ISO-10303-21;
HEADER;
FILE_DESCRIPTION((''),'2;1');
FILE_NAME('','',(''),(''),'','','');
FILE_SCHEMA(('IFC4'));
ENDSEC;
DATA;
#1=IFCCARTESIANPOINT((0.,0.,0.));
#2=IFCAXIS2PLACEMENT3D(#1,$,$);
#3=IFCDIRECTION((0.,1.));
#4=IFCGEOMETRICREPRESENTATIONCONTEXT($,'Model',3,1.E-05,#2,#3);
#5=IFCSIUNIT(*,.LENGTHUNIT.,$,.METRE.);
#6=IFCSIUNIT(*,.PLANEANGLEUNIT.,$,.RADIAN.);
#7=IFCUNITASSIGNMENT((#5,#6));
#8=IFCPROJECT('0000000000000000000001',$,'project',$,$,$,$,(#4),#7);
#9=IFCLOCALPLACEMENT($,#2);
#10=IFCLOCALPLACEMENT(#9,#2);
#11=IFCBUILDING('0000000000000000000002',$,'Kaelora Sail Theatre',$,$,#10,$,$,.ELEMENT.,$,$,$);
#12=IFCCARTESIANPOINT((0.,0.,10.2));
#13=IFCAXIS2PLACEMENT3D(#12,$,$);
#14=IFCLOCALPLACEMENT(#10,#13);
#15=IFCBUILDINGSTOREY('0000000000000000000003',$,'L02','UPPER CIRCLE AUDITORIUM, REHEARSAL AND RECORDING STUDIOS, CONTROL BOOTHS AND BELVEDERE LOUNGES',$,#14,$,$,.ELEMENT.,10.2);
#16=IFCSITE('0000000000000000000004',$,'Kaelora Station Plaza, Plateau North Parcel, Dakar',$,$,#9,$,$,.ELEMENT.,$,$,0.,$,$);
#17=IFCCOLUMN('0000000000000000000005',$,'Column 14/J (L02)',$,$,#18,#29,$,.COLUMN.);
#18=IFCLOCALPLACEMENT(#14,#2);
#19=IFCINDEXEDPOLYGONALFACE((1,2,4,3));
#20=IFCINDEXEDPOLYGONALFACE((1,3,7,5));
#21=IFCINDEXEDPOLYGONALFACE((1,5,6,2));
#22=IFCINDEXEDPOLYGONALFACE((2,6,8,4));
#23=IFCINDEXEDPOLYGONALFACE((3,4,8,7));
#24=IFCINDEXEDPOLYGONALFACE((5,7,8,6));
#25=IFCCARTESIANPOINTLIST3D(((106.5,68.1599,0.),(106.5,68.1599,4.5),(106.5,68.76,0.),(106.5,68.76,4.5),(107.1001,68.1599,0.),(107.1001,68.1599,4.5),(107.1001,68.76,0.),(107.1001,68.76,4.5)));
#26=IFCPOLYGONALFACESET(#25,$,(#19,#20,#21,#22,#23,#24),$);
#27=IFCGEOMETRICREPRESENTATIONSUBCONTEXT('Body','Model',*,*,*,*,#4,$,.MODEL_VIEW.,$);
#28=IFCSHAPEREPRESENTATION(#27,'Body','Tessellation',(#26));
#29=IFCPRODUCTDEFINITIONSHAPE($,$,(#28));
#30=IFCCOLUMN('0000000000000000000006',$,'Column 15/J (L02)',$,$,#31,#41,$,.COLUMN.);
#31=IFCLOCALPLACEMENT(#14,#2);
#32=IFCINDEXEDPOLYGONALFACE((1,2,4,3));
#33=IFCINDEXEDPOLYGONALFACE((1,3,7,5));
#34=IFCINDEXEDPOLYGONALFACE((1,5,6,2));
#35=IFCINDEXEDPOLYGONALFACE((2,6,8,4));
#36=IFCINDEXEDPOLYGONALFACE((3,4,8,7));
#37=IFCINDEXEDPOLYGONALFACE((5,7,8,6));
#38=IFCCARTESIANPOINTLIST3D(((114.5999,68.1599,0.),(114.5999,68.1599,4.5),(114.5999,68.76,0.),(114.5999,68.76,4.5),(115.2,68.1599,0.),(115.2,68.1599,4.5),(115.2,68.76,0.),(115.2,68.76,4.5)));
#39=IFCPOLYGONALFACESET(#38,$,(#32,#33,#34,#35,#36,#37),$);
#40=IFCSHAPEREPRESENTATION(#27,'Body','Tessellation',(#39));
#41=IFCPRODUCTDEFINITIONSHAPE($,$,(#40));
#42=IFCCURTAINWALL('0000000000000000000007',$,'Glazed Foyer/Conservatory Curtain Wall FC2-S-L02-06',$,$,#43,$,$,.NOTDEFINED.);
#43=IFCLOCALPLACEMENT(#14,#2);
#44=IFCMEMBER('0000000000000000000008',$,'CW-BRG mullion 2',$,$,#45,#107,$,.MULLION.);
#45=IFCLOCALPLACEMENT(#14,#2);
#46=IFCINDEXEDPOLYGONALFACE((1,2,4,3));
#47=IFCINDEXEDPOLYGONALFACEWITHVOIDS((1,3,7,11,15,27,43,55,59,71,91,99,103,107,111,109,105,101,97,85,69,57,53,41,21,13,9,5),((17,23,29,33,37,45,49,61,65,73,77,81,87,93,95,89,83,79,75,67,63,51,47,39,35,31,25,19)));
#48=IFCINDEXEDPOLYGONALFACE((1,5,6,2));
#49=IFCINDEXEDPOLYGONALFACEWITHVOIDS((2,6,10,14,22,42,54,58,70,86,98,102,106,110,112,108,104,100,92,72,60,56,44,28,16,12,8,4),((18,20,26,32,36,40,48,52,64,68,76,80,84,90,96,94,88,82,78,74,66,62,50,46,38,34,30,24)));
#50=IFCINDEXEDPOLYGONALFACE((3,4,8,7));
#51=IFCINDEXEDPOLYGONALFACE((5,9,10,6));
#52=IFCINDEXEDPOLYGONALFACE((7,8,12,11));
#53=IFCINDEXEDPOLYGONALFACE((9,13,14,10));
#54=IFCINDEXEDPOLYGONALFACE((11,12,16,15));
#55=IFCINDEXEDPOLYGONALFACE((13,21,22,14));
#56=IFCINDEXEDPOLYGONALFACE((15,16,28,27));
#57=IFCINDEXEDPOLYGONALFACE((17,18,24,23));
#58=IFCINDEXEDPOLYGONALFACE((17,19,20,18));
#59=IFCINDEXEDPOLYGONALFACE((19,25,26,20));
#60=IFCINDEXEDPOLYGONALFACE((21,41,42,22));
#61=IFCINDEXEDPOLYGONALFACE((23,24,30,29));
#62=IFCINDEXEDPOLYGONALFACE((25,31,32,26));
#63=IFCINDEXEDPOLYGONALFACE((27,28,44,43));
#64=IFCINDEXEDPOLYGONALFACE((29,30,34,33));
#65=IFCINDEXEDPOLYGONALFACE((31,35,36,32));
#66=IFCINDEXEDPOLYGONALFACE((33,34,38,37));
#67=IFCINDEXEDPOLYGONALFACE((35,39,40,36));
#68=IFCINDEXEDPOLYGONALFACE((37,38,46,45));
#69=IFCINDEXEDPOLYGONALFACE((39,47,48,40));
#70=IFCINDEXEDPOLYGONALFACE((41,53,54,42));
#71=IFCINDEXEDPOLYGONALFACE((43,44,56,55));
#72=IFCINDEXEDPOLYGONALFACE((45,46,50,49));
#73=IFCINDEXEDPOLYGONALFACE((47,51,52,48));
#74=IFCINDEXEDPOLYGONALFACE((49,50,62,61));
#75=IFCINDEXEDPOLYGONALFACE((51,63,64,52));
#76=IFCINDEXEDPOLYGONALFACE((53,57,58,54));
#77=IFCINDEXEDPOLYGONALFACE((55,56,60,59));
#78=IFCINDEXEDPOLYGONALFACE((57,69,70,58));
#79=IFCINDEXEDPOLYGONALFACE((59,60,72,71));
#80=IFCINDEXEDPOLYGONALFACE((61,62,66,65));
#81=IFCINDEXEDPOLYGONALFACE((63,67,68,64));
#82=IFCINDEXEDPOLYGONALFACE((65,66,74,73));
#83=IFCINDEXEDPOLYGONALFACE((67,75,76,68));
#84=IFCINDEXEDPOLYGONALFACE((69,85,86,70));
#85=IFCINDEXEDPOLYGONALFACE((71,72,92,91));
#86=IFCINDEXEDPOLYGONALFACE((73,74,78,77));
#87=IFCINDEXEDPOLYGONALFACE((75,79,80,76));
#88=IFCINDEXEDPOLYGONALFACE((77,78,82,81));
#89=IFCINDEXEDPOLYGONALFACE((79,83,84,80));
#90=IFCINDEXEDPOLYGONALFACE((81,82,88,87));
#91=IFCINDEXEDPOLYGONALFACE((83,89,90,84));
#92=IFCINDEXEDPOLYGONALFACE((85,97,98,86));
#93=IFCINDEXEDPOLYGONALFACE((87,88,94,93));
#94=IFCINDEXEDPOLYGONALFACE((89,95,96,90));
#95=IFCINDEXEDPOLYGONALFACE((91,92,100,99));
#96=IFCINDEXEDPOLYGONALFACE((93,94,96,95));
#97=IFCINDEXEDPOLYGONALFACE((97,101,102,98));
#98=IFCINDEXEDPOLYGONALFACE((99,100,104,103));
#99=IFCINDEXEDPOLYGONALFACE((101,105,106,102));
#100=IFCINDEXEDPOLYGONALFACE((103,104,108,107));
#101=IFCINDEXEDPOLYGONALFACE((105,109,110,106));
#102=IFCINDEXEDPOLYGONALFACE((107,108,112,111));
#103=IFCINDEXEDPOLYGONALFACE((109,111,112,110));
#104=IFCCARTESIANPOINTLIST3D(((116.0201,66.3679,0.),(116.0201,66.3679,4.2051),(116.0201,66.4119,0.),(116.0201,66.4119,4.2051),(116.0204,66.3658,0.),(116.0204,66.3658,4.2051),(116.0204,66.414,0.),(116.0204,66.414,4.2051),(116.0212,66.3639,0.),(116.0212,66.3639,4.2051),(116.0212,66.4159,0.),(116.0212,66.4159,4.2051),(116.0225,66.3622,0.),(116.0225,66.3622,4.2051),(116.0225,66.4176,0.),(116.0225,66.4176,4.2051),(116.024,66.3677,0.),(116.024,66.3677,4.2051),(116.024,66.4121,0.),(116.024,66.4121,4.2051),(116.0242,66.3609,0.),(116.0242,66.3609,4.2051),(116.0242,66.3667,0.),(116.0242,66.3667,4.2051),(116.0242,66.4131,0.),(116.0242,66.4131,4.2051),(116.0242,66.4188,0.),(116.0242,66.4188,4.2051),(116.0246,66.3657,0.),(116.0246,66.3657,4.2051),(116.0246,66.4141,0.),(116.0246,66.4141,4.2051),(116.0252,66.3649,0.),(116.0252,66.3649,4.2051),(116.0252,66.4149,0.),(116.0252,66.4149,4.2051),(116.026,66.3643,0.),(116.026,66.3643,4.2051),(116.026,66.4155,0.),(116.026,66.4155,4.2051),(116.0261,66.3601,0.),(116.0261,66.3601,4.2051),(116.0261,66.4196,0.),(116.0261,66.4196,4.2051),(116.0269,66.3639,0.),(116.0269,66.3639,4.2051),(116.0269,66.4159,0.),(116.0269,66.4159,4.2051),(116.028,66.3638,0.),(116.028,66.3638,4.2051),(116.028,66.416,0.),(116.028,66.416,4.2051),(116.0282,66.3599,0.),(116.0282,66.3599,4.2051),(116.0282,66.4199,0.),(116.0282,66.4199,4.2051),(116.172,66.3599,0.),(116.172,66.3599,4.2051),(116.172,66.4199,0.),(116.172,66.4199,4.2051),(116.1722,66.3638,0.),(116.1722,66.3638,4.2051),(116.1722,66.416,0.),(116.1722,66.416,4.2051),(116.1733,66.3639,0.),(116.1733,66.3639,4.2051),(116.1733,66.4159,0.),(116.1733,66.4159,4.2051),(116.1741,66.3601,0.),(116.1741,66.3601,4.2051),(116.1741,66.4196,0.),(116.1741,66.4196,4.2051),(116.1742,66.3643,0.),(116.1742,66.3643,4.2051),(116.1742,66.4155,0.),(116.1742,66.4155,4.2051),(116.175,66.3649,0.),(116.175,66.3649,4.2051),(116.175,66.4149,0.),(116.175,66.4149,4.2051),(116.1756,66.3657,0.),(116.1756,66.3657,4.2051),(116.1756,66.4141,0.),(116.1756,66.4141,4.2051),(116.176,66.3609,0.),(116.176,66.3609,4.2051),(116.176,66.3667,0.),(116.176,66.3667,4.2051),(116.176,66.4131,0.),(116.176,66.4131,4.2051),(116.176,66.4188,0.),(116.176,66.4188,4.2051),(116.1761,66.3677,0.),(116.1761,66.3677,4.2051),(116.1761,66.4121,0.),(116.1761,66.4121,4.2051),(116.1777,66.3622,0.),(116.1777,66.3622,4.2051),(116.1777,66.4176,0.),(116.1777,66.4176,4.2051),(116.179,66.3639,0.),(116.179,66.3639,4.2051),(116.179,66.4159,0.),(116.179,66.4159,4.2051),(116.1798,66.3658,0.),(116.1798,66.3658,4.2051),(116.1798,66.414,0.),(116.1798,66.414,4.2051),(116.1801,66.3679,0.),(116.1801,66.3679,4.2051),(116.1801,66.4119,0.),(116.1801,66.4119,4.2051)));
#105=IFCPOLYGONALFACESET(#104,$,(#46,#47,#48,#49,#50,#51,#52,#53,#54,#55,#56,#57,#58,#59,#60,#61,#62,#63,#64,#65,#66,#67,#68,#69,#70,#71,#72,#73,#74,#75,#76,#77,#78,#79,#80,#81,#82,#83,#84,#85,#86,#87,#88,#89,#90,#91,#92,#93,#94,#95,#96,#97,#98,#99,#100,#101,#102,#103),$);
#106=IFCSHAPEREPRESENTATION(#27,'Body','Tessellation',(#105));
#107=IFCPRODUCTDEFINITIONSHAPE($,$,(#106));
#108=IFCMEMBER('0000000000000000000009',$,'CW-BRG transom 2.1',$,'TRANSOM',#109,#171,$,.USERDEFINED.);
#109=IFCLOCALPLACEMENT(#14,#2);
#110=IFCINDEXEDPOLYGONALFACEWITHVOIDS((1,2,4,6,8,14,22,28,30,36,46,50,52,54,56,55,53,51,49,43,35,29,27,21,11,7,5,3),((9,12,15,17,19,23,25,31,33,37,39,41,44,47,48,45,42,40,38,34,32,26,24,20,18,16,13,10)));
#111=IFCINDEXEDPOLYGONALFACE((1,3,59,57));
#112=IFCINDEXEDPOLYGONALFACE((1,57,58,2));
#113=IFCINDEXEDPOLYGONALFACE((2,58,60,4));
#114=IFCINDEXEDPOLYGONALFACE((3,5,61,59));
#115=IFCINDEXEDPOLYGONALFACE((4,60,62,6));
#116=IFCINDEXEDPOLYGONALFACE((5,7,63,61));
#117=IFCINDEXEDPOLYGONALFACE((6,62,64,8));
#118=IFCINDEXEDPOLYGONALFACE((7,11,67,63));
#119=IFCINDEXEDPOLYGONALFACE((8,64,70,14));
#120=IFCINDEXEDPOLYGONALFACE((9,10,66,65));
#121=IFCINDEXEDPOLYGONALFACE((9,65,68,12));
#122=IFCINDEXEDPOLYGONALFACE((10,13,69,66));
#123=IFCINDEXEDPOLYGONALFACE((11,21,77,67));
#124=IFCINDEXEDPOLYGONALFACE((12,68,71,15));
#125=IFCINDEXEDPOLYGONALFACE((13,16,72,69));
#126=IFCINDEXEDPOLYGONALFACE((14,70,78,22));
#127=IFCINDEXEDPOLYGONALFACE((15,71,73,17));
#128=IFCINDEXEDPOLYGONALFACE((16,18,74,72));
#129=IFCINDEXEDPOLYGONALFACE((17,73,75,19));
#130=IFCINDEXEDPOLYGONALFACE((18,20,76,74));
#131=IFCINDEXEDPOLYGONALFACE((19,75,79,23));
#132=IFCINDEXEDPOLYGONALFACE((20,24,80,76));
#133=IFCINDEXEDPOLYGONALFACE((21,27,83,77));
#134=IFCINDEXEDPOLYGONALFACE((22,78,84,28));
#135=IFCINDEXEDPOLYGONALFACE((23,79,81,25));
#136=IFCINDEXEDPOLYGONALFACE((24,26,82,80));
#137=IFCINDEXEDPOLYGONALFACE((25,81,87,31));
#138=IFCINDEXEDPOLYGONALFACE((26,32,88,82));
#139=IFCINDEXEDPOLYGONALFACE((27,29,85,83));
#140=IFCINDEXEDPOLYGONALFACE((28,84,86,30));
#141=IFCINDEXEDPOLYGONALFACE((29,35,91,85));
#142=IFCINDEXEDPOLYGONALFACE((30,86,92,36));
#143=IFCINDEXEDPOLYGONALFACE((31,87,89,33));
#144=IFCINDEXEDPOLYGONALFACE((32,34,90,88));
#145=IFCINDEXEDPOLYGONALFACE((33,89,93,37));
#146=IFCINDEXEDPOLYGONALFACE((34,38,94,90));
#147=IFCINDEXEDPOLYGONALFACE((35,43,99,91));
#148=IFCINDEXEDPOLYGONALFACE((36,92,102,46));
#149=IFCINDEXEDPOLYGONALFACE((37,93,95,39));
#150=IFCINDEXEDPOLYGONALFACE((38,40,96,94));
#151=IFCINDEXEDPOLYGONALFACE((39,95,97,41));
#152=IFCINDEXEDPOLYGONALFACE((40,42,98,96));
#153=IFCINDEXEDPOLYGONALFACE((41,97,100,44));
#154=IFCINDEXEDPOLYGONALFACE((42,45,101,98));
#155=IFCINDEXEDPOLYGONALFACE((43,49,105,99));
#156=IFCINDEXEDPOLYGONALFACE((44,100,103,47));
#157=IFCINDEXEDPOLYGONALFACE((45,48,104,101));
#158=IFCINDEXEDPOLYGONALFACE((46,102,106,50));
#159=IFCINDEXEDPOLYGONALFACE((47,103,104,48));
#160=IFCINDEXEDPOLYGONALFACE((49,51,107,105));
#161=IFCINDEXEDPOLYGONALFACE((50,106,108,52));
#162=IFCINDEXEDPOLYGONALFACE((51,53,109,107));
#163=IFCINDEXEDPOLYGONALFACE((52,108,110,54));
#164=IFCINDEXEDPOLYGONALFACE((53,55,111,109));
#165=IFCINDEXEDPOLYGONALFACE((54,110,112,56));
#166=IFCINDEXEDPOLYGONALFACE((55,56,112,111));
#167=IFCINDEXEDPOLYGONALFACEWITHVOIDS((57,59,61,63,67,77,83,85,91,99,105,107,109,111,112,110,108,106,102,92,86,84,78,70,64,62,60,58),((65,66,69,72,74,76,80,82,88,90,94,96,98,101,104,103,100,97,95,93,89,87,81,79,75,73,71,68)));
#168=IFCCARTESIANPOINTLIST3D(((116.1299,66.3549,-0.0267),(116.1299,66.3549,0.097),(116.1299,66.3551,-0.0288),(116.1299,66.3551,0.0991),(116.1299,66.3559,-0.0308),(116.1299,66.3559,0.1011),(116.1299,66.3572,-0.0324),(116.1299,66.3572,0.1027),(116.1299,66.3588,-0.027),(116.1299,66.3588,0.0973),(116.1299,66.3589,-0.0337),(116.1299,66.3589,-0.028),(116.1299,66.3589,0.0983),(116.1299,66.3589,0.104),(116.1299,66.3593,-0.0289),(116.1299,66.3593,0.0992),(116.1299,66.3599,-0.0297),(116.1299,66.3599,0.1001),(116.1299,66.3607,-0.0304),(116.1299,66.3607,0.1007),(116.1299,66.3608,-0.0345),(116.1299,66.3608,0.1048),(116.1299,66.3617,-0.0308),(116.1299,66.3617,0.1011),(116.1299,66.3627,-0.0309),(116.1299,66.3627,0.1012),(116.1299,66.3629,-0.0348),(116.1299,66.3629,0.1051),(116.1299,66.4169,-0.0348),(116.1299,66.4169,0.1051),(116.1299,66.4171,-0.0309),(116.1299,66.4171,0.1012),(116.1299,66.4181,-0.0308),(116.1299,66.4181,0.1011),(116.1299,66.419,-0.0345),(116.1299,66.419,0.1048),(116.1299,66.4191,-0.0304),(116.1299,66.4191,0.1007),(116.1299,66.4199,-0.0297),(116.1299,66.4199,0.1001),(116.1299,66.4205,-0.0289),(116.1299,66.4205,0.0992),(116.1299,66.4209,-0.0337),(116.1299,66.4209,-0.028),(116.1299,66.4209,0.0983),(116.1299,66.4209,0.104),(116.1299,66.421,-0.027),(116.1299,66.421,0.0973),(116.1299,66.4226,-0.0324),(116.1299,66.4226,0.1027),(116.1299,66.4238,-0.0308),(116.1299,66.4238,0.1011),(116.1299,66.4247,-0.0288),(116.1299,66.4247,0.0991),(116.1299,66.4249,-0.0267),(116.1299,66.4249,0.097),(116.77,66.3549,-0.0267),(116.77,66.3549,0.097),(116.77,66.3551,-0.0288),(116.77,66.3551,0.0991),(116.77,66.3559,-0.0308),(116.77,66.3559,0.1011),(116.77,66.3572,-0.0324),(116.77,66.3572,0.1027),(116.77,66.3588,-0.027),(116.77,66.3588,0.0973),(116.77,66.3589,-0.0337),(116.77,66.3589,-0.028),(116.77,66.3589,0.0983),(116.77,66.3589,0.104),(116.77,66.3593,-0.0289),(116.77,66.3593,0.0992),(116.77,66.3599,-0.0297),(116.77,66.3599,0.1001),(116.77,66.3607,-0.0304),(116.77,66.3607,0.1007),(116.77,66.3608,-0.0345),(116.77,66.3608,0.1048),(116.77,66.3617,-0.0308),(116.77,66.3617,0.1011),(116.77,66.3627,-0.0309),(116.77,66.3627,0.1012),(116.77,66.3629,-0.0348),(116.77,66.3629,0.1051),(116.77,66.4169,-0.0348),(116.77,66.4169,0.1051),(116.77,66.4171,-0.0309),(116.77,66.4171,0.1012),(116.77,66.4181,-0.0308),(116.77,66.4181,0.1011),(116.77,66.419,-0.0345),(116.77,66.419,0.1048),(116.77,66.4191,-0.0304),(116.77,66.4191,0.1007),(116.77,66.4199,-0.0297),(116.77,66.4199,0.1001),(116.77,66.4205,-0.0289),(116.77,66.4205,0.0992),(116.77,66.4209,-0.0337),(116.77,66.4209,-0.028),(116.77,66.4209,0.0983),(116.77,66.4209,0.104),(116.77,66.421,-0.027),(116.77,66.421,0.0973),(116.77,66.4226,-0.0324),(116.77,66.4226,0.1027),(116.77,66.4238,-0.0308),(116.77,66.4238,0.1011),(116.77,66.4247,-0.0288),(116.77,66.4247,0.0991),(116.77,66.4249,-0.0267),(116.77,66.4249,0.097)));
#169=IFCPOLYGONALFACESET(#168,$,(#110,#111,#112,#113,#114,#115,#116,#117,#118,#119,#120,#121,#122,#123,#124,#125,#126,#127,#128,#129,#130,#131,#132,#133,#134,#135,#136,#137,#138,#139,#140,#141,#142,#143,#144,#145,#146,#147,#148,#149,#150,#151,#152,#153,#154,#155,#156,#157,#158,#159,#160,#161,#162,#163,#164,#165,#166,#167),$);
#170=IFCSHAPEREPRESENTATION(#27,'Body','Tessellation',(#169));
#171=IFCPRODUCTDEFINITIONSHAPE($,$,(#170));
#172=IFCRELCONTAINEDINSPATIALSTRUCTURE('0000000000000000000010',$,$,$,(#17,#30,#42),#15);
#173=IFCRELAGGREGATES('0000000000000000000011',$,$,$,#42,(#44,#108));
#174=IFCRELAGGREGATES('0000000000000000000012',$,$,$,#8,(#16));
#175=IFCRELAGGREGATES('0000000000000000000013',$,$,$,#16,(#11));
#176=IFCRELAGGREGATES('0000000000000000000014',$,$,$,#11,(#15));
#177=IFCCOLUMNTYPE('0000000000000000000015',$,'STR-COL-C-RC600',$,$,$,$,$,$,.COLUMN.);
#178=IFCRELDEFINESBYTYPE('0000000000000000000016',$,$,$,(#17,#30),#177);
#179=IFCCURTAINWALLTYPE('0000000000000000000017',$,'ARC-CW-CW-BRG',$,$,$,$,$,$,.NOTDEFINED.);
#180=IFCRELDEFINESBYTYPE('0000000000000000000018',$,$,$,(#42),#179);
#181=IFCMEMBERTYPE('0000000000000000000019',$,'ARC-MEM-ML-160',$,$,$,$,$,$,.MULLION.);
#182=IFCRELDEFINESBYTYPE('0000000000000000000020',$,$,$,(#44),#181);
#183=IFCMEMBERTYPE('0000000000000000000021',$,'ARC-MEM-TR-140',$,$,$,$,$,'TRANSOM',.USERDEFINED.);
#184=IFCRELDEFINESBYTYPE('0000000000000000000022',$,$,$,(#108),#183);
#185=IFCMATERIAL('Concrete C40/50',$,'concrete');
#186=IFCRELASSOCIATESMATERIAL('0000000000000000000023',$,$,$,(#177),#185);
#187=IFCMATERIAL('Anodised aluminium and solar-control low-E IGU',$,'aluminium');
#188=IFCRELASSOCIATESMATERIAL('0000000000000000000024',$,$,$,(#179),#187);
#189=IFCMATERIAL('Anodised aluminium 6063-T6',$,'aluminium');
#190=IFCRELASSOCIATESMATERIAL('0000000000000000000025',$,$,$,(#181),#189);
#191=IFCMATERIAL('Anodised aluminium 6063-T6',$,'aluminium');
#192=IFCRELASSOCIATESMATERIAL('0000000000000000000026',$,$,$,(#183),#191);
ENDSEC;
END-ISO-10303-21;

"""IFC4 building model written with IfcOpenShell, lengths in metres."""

from ifc_helpers import new_model, si_unit, direction, frame, origin, origin_2d, place, context, subcontext, project, spatial, rectangle, hollow_rectangle, extrude, material, material_profile, profile_set, type_object, element, aggregate, save


model = new_model("IFC4")

# Units and contexts
model_context = context("Model", 3, precision=1e-05, world=origin(), true_north=direction((0.0, 1.0)))
body_context = subcontext(model_context, "Body", "Model", "MODEL_VIEW")
ifc_project = project(units=[si_unit("LENGTHUNIT", "METRE"), si_unit("PLANEANGLEUNIT", "RADIAN")], contexts=[model_context])

# Site, building, storey
site_placement = place(None, origin())
site = spatial("IfcSite", under=ifc_project, at=site_placement, Name="Kaelora Station Plaza, Plateau North Parcel, Dakar", CompositionType="ELEMENT", RefElevation=0.0)
building_placement = place(site_placement, origin())
building = spatial("IfcBuilding", under=site, at=building_placement, Name="Kaelora Sail Theatre", CompositionType="ELEMENT")
storey_placement = place(building_placement, frame((0.0, 0.0, 10.2)))
storey = spatial("IfcBuildingStorey", under=building, at=storey_placement, Name="L02", Description="UPPER CIRCLE AUDITORIUM, REHEARSAL AND RECORDING STUDIOS, CONTROL BOOTHS AND BELVEDERE LOUNGES", CompositionType="ELEMENT", Elevation=10.2)

# Columns
ifc_material_1 = material(Name="Concrete C40/50", Category="concrete")
ifc_material_profile_1 = material_profile(ifc_material_1, rectangle(XDim=0.6001, YDim=0.6001, at=origin_2d()), Name="RC-COL 600x600")
ifc_profile_set_1 = profile_set([ifc_material_profile_1], Name="Concrete C40/50")
column_type = type_object("IfcColumnType", Name="STR-COL-C-RC600", PredefinedType="COLUMN", material=ifc_profile_set_1)
for number, where, z_axis, x_axis, name in (
    (1, (106.8, 68.46, 0.0), (0.0, 0.0, 1.0), (1.0, 0.0, 0.0), "Column 14/J (L02)"),
    (2, (114.8999, 68.46, 0.0), (0.0, 0.0, 1.0), (1.0, 0.0, 0.0), "Column 15/J (L02)"),
):
    element("IfcColumn", number, at=place(storey_placement, frame(where, z_axis=z_axis, x_axis=x_axis)), inside=storey, type_object=column_type, Name=name, PredefinedType="COLUMN", context=body_context, shape_type="SweptSolid", body=[
        extrude(rectangle(XDim=0.6001, YDim=0.6001, at=origin_2d()), origin(), (0.0, 0.0, 1.0), 4.5),
    ])

# Curtain wall, members
ifc_material_2 = material(Name="Anodised aluminium and solar-control low-E IGU", Category="aluminium")
curtain_wall_type = type_object("IfcCurtainWallType", Name="ARC-CW-CW-BRG", PredefinedType="NOTDEFINED", material=ifc_material_2)
curtain_wall_placement = place(storey_placement, origin())
curtain_wall = element("IfcCurtainWall", 3, at=curtain_wall_placement, inside=storey, type_object=curtain_wall_type, Name="Glazed Foyer/Conservatory Curtain Wall FC2-S-L02-06", PredefinedType="NOTDEFINED")
ifc_material_3 = material(Name="Anodised aluminium 6063-T6", Category="aluminium")
ifc_material_profile_2 = material_profile(ifc_material_3, hollow_rectangle(XDim=0.0601, YDim=0.1599, WallThickness=0.0039, InnerFilletRadius=0.0039, OuterFilletRadius=0.0081, at=origin_2d()), Name="ALU-MULL 60x160x4")
ifc_profile_set_2 = profile_set([ifc_material_profile_2], Name="Anodised aluminium 6063-T6")
member_type_1 = type_object("IfcMemberType", Name="ARC-MEM-ML-160", PredefinedType="MULLION", material=ifc_profile_set_2)
member_1_placement = place(storey_placement, frame((116.1001, 66.3899, 0.0), z_axis=(0.0, 0.0, 1.0), x_axis=(0.0, 1.0, 0.0)))
member_1 = element("IfcMember", 4, at=member_1_placement, type_object=member_type_1, Name="CW-BRG mullion 2", PredefinedType="MULLION", context=body_context, shape_type="SweptSolid", body=[
    extrude(hollow_rectangle(XDim=0.0601, YDim=0.1599, WallThickness=0.0039, InnerFilletRadius=0.0039, OuterFilletRadius=0.0081, at=origin_2d()), origin(), (0.0, 0.0, 1.0), 4.2051),
])
ifc_material_4 = material(Name="Anodised aluminium 6063-T6", Category="aluminium")
ifc_material_profile_3 = material_profile(ifc_material_4, hollow_rectangle(XDim=0.0701, YDim=0.1399, WallThickness=0.0039, InnerFilletRadius=0.0039, OuterFilletRadius=0.0081, at=origin_2d()), Name="ALU-TRAN 70x140x4")
ifc_profile_set_3 = profile_set([ifc_material_profile_3], Name="Anodised aluminium 6063-T6")
member_type_2 = type_object("IfcMemberType", Name="ARC-MEM-TR-140", ElementType="TRANSOM", PredefinedType="USERDEFINED", material=ifc_profile_set_3)
member_2_placement = place(storey_placement, frame((116.1299, 66.3899, 0.0352), z_axis=(1.0, 0.0, 0.0), x_axis=(0.0, 1.0, 0.0)))
member_2 = element("IfcMember", 5, at=member_2_placement, type_object=member_type_2, Name="CW-BRG transom 2.1", ObjectType="TRANSOM", PredefinedType="USERDEFINED", context=body_context, shape_type="SweptSolid", body=[
    extrude(hollow_rectangle(XDim=0.0701, YDim=0.1399, WallThickness=0.0039, InnerFilletRadius=0.0039, OuterFilletRadius=0.0081, at=origin_2d()), origin(), (0.0, 0.0, 1.0), 0.6401),
])

aggregate(curtain_wall, [member_1, member_2])

save(model, "model.ifc")
